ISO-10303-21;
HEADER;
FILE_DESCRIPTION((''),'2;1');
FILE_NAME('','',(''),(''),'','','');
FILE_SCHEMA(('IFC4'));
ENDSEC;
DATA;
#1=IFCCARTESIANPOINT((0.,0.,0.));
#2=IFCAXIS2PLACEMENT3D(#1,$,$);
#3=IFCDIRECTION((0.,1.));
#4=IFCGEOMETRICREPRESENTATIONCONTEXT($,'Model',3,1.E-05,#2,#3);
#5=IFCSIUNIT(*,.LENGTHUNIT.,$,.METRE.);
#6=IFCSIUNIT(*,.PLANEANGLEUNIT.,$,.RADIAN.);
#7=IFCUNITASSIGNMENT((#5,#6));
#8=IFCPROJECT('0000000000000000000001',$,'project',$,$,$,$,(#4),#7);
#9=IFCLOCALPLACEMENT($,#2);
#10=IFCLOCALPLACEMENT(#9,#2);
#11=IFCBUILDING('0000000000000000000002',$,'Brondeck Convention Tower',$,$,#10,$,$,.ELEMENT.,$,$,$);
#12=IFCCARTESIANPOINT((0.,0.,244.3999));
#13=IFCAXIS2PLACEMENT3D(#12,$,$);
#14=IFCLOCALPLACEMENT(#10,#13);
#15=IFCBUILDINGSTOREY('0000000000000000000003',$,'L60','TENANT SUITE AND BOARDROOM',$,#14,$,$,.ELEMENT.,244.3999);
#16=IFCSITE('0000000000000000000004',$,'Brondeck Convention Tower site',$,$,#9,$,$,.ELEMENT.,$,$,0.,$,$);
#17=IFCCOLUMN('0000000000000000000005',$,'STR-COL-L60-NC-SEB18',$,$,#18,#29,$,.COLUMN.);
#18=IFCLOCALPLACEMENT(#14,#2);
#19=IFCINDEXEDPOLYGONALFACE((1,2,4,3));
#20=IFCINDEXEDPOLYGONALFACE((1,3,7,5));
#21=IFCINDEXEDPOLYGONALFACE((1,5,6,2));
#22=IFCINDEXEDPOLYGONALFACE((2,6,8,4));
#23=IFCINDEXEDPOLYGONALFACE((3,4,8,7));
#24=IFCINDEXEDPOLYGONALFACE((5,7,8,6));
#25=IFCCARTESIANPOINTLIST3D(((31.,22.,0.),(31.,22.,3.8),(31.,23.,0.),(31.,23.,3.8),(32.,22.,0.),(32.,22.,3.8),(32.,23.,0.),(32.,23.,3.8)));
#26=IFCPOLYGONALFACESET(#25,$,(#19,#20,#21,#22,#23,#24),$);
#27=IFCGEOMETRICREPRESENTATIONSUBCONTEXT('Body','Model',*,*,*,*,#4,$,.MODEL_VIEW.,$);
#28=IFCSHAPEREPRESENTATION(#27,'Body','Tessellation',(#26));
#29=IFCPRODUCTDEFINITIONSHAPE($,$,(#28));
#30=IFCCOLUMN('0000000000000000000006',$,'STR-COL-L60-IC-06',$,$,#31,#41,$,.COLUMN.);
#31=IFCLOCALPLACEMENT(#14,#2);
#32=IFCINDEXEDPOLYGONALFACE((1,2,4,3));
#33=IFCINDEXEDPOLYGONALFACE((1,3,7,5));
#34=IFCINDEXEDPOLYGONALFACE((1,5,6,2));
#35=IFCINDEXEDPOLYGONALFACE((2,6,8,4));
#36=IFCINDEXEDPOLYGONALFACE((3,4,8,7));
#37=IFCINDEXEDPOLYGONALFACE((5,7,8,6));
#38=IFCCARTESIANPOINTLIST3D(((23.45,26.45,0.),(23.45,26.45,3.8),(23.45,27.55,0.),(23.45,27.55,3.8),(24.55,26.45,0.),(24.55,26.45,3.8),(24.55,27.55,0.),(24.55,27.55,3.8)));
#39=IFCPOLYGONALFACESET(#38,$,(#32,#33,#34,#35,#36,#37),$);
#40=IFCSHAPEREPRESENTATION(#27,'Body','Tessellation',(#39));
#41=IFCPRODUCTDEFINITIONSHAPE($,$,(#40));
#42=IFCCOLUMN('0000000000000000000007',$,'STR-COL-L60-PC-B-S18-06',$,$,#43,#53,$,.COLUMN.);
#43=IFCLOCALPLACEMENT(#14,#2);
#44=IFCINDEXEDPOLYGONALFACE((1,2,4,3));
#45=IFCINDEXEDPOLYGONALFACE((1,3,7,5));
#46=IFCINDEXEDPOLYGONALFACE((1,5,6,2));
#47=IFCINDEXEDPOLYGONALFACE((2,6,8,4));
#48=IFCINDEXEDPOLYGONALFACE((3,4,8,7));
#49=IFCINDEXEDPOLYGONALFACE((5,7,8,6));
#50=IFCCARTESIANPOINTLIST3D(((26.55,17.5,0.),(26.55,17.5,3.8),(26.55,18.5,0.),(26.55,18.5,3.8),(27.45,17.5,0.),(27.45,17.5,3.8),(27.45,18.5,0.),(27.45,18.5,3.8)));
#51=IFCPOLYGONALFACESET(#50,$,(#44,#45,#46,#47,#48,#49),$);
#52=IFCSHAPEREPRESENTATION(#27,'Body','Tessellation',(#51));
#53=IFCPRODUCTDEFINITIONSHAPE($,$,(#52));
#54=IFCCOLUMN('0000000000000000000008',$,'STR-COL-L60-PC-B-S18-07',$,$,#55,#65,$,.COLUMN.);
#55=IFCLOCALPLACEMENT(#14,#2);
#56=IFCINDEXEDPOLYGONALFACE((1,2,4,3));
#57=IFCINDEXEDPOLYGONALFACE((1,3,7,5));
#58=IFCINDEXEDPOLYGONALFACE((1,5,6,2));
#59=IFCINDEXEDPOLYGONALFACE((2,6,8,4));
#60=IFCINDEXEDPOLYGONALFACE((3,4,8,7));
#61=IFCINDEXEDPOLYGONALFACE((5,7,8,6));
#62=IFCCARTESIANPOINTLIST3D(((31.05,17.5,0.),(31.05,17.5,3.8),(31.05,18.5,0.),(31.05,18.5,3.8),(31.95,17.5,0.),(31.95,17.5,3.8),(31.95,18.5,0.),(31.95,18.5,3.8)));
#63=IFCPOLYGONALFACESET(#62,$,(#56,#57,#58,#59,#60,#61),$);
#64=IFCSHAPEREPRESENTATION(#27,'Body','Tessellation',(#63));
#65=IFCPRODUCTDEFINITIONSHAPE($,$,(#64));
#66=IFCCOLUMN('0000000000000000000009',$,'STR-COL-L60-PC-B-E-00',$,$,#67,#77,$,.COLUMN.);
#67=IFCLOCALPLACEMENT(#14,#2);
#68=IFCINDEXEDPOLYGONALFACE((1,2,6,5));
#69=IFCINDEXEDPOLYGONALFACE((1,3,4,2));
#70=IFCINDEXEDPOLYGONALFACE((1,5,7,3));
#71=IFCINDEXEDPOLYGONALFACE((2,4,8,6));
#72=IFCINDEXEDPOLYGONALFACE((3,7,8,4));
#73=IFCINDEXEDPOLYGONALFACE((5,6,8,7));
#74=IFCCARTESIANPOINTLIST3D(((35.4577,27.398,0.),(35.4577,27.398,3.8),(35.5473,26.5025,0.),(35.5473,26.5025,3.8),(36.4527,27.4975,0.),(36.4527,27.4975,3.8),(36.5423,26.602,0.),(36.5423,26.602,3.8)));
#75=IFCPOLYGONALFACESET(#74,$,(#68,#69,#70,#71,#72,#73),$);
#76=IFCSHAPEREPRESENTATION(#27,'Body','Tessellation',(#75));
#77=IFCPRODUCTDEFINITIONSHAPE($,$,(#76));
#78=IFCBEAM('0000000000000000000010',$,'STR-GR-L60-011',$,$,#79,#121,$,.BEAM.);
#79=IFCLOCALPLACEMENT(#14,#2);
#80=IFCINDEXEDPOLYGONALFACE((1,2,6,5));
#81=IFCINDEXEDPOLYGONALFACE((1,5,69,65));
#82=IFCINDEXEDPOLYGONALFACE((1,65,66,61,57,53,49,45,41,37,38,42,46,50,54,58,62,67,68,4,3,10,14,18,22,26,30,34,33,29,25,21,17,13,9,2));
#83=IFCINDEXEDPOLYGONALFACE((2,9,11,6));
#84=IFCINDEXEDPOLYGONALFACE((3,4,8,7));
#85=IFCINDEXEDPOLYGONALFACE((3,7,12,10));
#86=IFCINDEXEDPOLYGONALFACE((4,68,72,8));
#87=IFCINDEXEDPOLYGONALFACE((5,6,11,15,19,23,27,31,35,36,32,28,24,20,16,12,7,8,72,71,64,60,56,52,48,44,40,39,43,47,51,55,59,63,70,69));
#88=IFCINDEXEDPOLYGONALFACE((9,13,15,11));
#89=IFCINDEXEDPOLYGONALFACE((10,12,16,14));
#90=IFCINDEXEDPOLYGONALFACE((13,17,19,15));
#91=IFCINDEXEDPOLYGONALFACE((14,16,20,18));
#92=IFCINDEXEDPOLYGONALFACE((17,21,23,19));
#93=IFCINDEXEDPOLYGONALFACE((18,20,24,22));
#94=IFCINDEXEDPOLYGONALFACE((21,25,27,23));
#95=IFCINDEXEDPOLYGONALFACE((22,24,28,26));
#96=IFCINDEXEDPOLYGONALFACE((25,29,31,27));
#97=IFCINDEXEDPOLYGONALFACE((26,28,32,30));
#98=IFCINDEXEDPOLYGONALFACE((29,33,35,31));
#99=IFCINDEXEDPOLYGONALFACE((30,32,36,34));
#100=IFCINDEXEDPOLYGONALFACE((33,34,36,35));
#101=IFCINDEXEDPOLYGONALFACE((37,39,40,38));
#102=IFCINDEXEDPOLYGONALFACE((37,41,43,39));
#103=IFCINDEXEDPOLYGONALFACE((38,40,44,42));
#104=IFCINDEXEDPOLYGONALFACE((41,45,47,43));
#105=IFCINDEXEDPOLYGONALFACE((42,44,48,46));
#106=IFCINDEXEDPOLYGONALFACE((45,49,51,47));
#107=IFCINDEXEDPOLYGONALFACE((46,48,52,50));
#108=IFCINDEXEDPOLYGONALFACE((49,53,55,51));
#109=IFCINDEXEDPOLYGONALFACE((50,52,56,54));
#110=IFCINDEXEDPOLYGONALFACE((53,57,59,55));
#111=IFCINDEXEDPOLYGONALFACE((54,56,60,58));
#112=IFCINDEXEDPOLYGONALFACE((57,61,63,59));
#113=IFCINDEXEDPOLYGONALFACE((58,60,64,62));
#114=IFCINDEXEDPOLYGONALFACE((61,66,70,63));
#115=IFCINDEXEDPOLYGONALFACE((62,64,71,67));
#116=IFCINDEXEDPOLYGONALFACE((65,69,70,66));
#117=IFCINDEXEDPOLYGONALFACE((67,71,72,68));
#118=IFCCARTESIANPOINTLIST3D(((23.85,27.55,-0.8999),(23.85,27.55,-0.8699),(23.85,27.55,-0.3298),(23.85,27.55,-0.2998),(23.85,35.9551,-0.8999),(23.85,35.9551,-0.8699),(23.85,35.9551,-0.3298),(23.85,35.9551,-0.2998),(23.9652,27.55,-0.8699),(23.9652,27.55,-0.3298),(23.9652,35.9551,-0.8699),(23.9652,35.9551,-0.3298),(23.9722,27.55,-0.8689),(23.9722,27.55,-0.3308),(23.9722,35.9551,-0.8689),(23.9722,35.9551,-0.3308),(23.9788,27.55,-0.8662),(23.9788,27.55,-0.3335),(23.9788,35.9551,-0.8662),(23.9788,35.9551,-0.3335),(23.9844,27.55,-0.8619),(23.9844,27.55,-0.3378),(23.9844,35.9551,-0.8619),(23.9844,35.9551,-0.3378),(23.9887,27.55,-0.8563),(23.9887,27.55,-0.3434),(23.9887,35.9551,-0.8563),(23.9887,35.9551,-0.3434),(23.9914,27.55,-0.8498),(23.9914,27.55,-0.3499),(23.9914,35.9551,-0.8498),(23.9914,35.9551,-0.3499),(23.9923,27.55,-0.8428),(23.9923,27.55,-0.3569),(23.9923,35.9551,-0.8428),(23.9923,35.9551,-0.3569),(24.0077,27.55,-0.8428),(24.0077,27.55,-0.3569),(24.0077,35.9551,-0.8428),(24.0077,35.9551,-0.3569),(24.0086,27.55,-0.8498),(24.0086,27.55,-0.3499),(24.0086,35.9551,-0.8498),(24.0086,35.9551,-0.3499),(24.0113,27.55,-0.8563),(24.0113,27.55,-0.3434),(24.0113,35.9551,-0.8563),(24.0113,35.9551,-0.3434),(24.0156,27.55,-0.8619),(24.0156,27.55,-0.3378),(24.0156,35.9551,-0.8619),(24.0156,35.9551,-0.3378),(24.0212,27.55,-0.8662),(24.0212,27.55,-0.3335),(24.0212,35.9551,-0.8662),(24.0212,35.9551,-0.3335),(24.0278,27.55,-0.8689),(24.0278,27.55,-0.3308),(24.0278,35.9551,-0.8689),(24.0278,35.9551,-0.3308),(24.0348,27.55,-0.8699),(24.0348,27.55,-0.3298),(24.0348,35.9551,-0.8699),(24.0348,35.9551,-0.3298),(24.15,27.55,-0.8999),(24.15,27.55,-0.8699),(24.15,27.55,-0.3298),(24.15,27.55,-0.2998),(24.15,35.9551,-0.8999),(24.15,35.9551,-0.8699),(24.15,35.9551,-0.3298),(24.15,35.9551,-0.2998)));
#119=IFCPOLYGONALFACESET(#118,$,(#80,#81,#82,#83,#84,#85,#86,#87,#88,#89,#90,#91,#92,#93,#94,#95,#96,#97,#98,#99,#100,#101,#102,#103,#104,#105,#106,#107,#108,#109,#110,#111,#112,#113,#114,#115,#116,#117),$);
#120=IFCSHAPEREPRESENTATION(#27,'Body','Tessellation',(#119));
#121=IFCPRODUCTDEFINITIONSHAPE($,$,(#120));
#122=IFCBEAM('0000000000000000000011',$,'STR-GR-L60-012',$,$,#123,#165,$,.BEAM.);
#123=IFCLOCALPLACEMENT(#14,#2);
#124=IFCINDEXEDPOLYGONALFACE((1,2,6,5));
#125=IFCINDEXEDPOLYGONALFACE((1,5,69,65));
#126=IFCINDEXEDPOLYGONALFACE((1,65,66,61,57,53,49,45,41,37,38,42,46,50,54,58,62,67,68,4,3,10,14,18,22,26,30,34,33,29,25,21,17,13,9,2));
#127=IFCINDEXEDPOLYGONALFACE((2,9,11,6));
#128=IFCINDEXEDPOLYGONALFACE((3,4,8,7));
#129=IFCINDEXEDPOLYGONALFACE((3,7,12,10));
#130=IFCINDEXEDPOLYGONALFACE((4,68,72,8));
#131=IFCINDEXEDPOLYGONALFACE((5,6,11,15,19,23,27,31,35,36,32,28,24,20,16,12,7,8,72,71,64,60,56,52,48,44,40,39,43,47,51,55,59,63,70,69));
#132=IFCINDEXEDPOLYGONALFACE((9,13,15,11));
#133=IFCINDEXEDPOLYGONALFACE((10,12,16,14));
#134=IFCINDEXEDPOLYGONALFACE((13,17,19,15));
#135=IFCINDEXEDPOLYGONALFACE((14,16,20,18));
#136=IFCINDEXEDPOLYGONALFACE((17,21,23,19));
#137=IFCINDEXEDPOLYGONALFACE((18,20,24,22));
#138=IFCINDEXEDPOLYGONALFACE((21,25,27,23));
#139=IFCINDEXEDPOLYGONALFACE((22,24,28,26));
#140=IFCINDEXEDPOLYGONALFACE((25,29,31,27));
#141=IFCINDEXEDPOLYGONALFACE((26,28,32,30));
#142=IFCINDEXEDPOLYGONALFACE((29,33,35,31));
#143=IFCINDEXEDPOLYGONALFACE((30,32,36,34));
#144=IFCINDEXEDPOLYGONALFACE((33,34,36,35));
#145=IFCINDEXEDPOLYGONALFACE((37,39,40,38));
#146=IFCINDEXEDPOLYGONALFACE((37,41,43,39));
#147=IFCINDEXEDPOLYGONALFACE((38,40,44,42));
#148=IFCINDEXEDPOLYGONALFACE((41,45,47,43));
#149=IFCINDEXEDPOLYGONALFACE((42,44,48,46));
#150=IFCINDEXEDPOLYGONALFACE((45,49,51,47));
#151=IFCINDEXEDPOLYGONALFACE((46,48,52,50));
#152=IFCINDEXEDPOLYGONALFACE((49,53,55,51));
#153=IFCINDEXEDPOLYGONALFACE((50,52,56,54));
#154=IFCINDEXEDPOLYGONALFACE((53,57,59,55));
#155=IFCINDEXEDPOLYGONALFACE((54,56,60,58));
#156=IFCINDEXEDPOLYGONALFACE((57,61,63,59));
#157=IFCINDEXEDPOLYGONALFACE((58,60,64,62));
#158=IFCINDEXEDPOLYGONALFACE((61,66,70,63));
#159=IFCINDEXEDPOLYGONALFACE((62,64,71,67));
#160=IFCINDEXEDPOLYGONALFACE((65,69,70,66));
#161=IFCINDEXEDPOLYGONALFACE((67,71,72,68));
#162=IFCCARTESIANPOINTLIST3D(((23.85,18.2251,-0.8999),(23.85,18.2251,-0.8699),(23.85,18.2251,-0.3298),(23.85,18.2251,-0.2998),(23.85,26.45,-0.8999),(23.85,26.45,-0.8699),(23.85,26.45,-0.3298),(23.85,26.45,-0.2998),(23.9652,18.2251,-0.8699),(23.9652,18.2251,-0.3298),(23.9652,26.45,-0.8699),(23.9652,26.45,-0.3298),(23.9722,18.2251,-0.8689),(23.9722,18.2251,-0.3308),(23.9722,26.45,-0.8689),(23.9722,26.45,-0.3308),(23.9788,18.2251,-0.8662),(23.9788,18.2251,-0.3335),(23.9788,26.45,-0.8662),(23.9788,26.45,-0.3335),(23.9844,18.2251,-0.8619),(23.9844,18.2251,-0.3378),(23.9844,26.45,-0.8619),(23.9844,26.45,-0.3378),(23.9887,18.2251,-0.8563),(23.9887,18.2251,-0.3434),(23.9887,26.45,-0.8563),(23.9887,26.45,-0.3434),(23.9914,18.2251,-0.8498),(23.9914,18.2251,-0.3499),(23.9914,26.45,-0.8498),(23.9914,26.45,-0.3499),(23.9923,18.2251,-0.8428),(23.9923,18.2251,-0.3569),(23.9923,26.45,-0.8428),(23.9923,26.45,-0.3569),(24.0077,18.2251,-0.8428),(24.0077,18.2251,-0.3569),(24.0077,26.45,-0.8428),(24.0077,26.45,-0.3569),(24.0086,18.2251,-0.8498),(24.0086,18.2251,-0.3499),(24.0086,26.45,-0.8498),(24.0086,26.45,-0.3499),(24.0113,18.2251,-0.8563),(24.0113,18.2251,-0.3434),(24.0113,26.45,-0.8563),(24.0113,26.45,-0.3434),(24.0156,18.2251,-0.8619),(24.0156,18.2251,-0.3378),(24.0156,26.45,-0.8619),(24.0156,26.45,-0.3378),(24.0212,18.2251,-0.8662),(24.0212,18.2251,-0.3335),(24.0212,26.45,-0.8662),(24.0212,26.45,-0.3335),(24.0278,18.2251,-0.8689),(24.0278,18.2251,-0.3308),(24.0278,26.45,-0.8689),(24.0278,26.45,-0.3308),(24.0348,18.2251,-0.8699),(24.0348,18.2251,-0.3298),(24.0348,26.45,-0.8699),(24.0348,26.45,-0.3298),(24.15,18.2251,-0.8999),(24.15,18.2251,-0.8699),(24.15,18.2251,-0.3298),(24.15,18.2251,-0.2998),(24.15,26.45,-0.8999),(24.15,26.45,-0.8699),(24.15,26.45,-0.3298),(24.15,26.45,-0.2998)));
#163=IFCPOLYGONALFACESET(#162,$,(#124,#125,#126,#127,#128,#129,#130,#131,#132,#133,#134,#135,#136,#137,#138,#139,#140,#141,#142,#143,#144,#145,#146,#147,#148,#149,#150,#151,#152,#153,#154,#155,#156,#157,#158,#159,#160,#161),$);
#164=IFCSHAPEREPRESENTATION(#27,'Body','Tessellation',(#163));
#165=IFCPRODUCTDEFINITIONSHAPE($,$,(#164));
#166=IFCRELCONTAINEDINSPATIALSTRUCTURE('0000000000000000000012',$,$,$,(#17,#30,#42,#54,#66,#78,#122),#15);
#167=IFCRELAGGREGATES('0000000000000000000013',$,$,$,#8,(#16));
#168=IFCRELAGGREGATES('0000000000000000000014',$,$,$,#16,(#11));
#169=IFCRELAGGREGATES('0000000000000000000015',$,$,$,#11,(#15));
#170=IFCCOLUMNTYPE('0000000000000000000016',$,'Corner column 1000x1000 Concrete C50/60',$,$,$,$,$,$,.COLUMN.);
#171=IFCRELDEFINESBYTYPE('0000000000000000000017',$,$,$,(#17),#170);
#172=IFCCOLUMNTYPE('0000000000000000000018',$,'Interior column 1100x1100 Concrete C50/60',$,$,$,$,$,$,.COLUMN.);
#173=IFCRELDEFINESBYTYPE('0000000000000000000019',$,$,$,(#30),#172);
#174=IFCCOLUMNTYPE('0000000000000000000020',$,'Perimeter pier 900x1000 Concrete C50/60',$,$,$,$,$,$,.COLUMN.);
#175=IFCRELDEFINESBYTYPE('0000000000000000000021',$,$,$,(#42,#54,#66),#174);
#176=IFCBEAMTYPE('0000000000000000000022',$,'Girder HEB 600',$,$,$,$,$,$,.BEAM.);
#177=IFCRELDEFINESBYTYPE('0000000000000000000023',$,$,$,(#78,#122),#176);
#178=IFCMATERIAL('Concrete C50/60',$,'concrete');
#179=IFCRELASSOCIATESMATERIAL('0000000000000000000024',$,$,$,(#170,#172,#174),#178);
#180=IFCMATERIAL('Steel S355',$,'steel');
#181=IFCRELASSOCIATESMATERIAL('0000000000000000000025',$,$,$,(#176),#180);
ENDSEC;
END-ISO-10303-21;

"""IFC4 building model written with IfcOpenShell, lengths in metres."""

from ifc_helpers import new_model, si_unit, direction, frame, origin, origin_2d, place, context, subcontext, project, spatial, rectangle, i_section, extrude, material, material_profile, profile_set, type_object, element, save


model = new_model("IFC4")

# Units and contexts
model_context = context("Model", 3, precision=1e-05, world=origin(), true_north=direction((0.0, 1.0)))
body_context = subcontext(model_context, "Body", "Model", "MODEL_VIEW")
ifc_project = project(units=[si_unit("LENGTHUNIT", "METRE"), si_unit("PLANEANGLEUNIT", "RADIAN")], contexts=[model_context])

# Site, building, storey
site_placement = place(None, origin())
site = spatial("IfcSite", under=ifc_project, at=site_placement, Name="Brondeck Convention Tower site", CompositionType="ELEMENT", RefElevation=0.0)
building_placement = place(site_placement, origin())
building = spatial("IfcBuilding", under=site, at=building_placement, Name="Brondeck Convention Tower", CompositionType="ELEMENT")
storey_placement = place(building_placement, frame((0.0, 0.0, 244.3999)))
storey = spatial("IfcBuildingStorey", under=building, at=storey_placement, Name="L60", Description="TENANT SUITE AND BOARDROOM", CompositionType="ELEMENT", Elevation=244.3999)

# Columns
ifc_material_1 = material(Name="Concrete C50/60", Category="concrete")
ifc_material_profile_1 = material_profile(ifc_material_1, rectangle(XDim=1.0, YDim=1.0, at=origin_2d()), Name="Corner column 1000x1000 Concrete C50/60")
ifc_profile_set_1 = profile_set([ifc_material_profile_1], Name="Concrete C50/60")
column_type_1 = type_object("IfcColumnType", Name="Corner column 1000x1000 Concrete C50/60", PredefinedType="COLUMN", material=ifc_profile_set_1)
column_1_placement = place(storey_placement, frame((31.5, 22.5, 0.0), z_axis=(0.0, 0.0, 1.0), x_axis=(1.0, 0.0, 0.0)))
element("IfcColumn", 1, at=column_1_placement, inside=storey, type_object=column_type_1, Name="STR-COL-L60-NC-SEB18", PredefinedType="COLUMN", context=body_context, shape_type="SweptSolid", body=[
    extrude(rectangle(XDim=1.0, YDim=1.0, at=origin_2d()), origin(), (0.0, 0.0, 1.0), 3.8),
])
ifc_material_profile_2 = material_profile(ifc_material_1, rectangle(XDim=1.1001, YDim=1.1001, at=origin_2d()), Name="Interior column 1100x1100 Concrete C50/60")
ifc_profile_set_2 = profile_set([ifc_material_profile_2], Name="Concrete C50/60")
column_type_2 = type_object("IfcColumnType", Name="Interior column 1100x1100 Concrete C50/60", PredefinedType="COLUMN", material=ifc_profile_set_2)
column_2_placement = place(storey_placement, frame((24.0, 27.0, 0.0), z_axis=(0.0, 0.0, 1.0), x_axis=(1.0, 0.0, 0.0)))
element("IfcColumn", 2, at=column_2_placement, inside=storey, type_object=column_type_2, Name="STR-COL-L60-IC-06", PredefinedType="COLUMN", context=body_context, shape_type="SweptSolid", body=[
    extrude(rectangle(XDim=1.1001, YDim=1.1001, at=origin_2d()), origin(), (0.0, 0.0, 1.0), 3.8),
])
ifc_material_profile_3 = material_profile(ifc_material_1, rectangle(XDim=0.8999, YDim=1.0, at=origin_2d()), Name="Perimeter pier 900x1000 Concrete C50/60")
ifc_profile_set_3 = profile_set([ifc_material_profile_3], Name="Concrete C50/60")
column_type_3 = type_object("IfcColumnType", Name="Perimeter pier 900x1000 Concrete C50/60", PredefinedType="COLUMN", material=ifc_profile_set_3)
for number, where, z_axis, x_axis, name in (
    (3, (27.0, 18.0, 0.0), (0.0, 0.0, 1.0), (1.0, 0.0, 0.0), "STR-COL-L60-PC-B-S18-06"),
    (4, (31.5, 18.0, 0.0), (0.0, 0.0, 1.0), (1.0, 0.0, 0.0), "STR-COL-L60-PC-B-S18-07"),
    (5, (36.0, 27.0, 0.0), (0.0, 0.0, 1.0), (-0.099504, 0.995037, 0.0), "STR-COL-L60-PC-B-E-00"),
):
    element("IfcColumn", number, at=place(storey_placement, frame(where, z_axis=z_axis, x_axis=x_axis)), inside=storey, type_object=column_type_3, Name=name, PredefinedType="COLUMN", context=body_context, shape_type="SweptSolid", body=[
        extrude(rectangle(XDim=0.8999, YDim=1.0, at=origin_2d()), origin(), (0.0, 0.0, 1.0), 3.8),
    ])

# Beams
ifc_material_2 = material(Name="Steel S355", Category="steel")
ifc_material_profile_4 = material_profile(ifc_material_2, i_section(OverallWidth=0.3, OverallDepth=0.6001, WebThickness=0.0154, FlangeThickness=0.03, FilletRadius=0.0271, at=origin_2d()), Name="HEB 600")
ifc_profile_set_4 = profile_set([ifc_material_profile_4], Name="Steel S355")
beam_type_1 = type_object("IfcBeamType", Name="Girder HEB 600", PredefinedType="BEAM", material=ifc_profile_set_4)
beam_1_placement = place(storey_placement, frame((24.0, 35.9551, -0.5999), z_axis=(0.0, -1.0, 0.0), x_axis=(1.0, 0.0, 0.0)))
element("IfcBeam", 6, at=beam_1_placement, inside=storey, type_object=beam_type_1, Name="STR-GR-L60-011", PredefinedType="BEAM", context=body_context, shape_type="SweptSolid", body=[
    extrude(i_section(OverallWidth=0.3, OverallDepth=0.6001, WebThickness=0.0154, FlangeThickness=0.03, FilletRadius=0.0271, at=origin_2d()), origin(), (0.0, 0.0, 1.0), 8.405),
])
beam_2_placement = place(storey_placement, frame((24.0, 26.45, -0.5999), z_axis=(0.0, -1.0, 0.0), x_axis=(1.0, 0.0, 0.0)))
element("IfcBeam", 7, at=beam_2_placement, inside=storey, type_object=beam_type_1, Name="STR-GR-L60-012", PredefinedType="BEAM", context=body_context, shape_type="SweptSolid", body=[
    extrude(i_section(OverallWidth=0.3, OverallDepth=0.6001, WebThickness=0.0154, FlangeThickness=0.03, FilletRadius=0.0271, at=origin_2d()), origin(), (0.0, 0.0, 1.0), 8.2249),
])

save(model, "model.ifc")
